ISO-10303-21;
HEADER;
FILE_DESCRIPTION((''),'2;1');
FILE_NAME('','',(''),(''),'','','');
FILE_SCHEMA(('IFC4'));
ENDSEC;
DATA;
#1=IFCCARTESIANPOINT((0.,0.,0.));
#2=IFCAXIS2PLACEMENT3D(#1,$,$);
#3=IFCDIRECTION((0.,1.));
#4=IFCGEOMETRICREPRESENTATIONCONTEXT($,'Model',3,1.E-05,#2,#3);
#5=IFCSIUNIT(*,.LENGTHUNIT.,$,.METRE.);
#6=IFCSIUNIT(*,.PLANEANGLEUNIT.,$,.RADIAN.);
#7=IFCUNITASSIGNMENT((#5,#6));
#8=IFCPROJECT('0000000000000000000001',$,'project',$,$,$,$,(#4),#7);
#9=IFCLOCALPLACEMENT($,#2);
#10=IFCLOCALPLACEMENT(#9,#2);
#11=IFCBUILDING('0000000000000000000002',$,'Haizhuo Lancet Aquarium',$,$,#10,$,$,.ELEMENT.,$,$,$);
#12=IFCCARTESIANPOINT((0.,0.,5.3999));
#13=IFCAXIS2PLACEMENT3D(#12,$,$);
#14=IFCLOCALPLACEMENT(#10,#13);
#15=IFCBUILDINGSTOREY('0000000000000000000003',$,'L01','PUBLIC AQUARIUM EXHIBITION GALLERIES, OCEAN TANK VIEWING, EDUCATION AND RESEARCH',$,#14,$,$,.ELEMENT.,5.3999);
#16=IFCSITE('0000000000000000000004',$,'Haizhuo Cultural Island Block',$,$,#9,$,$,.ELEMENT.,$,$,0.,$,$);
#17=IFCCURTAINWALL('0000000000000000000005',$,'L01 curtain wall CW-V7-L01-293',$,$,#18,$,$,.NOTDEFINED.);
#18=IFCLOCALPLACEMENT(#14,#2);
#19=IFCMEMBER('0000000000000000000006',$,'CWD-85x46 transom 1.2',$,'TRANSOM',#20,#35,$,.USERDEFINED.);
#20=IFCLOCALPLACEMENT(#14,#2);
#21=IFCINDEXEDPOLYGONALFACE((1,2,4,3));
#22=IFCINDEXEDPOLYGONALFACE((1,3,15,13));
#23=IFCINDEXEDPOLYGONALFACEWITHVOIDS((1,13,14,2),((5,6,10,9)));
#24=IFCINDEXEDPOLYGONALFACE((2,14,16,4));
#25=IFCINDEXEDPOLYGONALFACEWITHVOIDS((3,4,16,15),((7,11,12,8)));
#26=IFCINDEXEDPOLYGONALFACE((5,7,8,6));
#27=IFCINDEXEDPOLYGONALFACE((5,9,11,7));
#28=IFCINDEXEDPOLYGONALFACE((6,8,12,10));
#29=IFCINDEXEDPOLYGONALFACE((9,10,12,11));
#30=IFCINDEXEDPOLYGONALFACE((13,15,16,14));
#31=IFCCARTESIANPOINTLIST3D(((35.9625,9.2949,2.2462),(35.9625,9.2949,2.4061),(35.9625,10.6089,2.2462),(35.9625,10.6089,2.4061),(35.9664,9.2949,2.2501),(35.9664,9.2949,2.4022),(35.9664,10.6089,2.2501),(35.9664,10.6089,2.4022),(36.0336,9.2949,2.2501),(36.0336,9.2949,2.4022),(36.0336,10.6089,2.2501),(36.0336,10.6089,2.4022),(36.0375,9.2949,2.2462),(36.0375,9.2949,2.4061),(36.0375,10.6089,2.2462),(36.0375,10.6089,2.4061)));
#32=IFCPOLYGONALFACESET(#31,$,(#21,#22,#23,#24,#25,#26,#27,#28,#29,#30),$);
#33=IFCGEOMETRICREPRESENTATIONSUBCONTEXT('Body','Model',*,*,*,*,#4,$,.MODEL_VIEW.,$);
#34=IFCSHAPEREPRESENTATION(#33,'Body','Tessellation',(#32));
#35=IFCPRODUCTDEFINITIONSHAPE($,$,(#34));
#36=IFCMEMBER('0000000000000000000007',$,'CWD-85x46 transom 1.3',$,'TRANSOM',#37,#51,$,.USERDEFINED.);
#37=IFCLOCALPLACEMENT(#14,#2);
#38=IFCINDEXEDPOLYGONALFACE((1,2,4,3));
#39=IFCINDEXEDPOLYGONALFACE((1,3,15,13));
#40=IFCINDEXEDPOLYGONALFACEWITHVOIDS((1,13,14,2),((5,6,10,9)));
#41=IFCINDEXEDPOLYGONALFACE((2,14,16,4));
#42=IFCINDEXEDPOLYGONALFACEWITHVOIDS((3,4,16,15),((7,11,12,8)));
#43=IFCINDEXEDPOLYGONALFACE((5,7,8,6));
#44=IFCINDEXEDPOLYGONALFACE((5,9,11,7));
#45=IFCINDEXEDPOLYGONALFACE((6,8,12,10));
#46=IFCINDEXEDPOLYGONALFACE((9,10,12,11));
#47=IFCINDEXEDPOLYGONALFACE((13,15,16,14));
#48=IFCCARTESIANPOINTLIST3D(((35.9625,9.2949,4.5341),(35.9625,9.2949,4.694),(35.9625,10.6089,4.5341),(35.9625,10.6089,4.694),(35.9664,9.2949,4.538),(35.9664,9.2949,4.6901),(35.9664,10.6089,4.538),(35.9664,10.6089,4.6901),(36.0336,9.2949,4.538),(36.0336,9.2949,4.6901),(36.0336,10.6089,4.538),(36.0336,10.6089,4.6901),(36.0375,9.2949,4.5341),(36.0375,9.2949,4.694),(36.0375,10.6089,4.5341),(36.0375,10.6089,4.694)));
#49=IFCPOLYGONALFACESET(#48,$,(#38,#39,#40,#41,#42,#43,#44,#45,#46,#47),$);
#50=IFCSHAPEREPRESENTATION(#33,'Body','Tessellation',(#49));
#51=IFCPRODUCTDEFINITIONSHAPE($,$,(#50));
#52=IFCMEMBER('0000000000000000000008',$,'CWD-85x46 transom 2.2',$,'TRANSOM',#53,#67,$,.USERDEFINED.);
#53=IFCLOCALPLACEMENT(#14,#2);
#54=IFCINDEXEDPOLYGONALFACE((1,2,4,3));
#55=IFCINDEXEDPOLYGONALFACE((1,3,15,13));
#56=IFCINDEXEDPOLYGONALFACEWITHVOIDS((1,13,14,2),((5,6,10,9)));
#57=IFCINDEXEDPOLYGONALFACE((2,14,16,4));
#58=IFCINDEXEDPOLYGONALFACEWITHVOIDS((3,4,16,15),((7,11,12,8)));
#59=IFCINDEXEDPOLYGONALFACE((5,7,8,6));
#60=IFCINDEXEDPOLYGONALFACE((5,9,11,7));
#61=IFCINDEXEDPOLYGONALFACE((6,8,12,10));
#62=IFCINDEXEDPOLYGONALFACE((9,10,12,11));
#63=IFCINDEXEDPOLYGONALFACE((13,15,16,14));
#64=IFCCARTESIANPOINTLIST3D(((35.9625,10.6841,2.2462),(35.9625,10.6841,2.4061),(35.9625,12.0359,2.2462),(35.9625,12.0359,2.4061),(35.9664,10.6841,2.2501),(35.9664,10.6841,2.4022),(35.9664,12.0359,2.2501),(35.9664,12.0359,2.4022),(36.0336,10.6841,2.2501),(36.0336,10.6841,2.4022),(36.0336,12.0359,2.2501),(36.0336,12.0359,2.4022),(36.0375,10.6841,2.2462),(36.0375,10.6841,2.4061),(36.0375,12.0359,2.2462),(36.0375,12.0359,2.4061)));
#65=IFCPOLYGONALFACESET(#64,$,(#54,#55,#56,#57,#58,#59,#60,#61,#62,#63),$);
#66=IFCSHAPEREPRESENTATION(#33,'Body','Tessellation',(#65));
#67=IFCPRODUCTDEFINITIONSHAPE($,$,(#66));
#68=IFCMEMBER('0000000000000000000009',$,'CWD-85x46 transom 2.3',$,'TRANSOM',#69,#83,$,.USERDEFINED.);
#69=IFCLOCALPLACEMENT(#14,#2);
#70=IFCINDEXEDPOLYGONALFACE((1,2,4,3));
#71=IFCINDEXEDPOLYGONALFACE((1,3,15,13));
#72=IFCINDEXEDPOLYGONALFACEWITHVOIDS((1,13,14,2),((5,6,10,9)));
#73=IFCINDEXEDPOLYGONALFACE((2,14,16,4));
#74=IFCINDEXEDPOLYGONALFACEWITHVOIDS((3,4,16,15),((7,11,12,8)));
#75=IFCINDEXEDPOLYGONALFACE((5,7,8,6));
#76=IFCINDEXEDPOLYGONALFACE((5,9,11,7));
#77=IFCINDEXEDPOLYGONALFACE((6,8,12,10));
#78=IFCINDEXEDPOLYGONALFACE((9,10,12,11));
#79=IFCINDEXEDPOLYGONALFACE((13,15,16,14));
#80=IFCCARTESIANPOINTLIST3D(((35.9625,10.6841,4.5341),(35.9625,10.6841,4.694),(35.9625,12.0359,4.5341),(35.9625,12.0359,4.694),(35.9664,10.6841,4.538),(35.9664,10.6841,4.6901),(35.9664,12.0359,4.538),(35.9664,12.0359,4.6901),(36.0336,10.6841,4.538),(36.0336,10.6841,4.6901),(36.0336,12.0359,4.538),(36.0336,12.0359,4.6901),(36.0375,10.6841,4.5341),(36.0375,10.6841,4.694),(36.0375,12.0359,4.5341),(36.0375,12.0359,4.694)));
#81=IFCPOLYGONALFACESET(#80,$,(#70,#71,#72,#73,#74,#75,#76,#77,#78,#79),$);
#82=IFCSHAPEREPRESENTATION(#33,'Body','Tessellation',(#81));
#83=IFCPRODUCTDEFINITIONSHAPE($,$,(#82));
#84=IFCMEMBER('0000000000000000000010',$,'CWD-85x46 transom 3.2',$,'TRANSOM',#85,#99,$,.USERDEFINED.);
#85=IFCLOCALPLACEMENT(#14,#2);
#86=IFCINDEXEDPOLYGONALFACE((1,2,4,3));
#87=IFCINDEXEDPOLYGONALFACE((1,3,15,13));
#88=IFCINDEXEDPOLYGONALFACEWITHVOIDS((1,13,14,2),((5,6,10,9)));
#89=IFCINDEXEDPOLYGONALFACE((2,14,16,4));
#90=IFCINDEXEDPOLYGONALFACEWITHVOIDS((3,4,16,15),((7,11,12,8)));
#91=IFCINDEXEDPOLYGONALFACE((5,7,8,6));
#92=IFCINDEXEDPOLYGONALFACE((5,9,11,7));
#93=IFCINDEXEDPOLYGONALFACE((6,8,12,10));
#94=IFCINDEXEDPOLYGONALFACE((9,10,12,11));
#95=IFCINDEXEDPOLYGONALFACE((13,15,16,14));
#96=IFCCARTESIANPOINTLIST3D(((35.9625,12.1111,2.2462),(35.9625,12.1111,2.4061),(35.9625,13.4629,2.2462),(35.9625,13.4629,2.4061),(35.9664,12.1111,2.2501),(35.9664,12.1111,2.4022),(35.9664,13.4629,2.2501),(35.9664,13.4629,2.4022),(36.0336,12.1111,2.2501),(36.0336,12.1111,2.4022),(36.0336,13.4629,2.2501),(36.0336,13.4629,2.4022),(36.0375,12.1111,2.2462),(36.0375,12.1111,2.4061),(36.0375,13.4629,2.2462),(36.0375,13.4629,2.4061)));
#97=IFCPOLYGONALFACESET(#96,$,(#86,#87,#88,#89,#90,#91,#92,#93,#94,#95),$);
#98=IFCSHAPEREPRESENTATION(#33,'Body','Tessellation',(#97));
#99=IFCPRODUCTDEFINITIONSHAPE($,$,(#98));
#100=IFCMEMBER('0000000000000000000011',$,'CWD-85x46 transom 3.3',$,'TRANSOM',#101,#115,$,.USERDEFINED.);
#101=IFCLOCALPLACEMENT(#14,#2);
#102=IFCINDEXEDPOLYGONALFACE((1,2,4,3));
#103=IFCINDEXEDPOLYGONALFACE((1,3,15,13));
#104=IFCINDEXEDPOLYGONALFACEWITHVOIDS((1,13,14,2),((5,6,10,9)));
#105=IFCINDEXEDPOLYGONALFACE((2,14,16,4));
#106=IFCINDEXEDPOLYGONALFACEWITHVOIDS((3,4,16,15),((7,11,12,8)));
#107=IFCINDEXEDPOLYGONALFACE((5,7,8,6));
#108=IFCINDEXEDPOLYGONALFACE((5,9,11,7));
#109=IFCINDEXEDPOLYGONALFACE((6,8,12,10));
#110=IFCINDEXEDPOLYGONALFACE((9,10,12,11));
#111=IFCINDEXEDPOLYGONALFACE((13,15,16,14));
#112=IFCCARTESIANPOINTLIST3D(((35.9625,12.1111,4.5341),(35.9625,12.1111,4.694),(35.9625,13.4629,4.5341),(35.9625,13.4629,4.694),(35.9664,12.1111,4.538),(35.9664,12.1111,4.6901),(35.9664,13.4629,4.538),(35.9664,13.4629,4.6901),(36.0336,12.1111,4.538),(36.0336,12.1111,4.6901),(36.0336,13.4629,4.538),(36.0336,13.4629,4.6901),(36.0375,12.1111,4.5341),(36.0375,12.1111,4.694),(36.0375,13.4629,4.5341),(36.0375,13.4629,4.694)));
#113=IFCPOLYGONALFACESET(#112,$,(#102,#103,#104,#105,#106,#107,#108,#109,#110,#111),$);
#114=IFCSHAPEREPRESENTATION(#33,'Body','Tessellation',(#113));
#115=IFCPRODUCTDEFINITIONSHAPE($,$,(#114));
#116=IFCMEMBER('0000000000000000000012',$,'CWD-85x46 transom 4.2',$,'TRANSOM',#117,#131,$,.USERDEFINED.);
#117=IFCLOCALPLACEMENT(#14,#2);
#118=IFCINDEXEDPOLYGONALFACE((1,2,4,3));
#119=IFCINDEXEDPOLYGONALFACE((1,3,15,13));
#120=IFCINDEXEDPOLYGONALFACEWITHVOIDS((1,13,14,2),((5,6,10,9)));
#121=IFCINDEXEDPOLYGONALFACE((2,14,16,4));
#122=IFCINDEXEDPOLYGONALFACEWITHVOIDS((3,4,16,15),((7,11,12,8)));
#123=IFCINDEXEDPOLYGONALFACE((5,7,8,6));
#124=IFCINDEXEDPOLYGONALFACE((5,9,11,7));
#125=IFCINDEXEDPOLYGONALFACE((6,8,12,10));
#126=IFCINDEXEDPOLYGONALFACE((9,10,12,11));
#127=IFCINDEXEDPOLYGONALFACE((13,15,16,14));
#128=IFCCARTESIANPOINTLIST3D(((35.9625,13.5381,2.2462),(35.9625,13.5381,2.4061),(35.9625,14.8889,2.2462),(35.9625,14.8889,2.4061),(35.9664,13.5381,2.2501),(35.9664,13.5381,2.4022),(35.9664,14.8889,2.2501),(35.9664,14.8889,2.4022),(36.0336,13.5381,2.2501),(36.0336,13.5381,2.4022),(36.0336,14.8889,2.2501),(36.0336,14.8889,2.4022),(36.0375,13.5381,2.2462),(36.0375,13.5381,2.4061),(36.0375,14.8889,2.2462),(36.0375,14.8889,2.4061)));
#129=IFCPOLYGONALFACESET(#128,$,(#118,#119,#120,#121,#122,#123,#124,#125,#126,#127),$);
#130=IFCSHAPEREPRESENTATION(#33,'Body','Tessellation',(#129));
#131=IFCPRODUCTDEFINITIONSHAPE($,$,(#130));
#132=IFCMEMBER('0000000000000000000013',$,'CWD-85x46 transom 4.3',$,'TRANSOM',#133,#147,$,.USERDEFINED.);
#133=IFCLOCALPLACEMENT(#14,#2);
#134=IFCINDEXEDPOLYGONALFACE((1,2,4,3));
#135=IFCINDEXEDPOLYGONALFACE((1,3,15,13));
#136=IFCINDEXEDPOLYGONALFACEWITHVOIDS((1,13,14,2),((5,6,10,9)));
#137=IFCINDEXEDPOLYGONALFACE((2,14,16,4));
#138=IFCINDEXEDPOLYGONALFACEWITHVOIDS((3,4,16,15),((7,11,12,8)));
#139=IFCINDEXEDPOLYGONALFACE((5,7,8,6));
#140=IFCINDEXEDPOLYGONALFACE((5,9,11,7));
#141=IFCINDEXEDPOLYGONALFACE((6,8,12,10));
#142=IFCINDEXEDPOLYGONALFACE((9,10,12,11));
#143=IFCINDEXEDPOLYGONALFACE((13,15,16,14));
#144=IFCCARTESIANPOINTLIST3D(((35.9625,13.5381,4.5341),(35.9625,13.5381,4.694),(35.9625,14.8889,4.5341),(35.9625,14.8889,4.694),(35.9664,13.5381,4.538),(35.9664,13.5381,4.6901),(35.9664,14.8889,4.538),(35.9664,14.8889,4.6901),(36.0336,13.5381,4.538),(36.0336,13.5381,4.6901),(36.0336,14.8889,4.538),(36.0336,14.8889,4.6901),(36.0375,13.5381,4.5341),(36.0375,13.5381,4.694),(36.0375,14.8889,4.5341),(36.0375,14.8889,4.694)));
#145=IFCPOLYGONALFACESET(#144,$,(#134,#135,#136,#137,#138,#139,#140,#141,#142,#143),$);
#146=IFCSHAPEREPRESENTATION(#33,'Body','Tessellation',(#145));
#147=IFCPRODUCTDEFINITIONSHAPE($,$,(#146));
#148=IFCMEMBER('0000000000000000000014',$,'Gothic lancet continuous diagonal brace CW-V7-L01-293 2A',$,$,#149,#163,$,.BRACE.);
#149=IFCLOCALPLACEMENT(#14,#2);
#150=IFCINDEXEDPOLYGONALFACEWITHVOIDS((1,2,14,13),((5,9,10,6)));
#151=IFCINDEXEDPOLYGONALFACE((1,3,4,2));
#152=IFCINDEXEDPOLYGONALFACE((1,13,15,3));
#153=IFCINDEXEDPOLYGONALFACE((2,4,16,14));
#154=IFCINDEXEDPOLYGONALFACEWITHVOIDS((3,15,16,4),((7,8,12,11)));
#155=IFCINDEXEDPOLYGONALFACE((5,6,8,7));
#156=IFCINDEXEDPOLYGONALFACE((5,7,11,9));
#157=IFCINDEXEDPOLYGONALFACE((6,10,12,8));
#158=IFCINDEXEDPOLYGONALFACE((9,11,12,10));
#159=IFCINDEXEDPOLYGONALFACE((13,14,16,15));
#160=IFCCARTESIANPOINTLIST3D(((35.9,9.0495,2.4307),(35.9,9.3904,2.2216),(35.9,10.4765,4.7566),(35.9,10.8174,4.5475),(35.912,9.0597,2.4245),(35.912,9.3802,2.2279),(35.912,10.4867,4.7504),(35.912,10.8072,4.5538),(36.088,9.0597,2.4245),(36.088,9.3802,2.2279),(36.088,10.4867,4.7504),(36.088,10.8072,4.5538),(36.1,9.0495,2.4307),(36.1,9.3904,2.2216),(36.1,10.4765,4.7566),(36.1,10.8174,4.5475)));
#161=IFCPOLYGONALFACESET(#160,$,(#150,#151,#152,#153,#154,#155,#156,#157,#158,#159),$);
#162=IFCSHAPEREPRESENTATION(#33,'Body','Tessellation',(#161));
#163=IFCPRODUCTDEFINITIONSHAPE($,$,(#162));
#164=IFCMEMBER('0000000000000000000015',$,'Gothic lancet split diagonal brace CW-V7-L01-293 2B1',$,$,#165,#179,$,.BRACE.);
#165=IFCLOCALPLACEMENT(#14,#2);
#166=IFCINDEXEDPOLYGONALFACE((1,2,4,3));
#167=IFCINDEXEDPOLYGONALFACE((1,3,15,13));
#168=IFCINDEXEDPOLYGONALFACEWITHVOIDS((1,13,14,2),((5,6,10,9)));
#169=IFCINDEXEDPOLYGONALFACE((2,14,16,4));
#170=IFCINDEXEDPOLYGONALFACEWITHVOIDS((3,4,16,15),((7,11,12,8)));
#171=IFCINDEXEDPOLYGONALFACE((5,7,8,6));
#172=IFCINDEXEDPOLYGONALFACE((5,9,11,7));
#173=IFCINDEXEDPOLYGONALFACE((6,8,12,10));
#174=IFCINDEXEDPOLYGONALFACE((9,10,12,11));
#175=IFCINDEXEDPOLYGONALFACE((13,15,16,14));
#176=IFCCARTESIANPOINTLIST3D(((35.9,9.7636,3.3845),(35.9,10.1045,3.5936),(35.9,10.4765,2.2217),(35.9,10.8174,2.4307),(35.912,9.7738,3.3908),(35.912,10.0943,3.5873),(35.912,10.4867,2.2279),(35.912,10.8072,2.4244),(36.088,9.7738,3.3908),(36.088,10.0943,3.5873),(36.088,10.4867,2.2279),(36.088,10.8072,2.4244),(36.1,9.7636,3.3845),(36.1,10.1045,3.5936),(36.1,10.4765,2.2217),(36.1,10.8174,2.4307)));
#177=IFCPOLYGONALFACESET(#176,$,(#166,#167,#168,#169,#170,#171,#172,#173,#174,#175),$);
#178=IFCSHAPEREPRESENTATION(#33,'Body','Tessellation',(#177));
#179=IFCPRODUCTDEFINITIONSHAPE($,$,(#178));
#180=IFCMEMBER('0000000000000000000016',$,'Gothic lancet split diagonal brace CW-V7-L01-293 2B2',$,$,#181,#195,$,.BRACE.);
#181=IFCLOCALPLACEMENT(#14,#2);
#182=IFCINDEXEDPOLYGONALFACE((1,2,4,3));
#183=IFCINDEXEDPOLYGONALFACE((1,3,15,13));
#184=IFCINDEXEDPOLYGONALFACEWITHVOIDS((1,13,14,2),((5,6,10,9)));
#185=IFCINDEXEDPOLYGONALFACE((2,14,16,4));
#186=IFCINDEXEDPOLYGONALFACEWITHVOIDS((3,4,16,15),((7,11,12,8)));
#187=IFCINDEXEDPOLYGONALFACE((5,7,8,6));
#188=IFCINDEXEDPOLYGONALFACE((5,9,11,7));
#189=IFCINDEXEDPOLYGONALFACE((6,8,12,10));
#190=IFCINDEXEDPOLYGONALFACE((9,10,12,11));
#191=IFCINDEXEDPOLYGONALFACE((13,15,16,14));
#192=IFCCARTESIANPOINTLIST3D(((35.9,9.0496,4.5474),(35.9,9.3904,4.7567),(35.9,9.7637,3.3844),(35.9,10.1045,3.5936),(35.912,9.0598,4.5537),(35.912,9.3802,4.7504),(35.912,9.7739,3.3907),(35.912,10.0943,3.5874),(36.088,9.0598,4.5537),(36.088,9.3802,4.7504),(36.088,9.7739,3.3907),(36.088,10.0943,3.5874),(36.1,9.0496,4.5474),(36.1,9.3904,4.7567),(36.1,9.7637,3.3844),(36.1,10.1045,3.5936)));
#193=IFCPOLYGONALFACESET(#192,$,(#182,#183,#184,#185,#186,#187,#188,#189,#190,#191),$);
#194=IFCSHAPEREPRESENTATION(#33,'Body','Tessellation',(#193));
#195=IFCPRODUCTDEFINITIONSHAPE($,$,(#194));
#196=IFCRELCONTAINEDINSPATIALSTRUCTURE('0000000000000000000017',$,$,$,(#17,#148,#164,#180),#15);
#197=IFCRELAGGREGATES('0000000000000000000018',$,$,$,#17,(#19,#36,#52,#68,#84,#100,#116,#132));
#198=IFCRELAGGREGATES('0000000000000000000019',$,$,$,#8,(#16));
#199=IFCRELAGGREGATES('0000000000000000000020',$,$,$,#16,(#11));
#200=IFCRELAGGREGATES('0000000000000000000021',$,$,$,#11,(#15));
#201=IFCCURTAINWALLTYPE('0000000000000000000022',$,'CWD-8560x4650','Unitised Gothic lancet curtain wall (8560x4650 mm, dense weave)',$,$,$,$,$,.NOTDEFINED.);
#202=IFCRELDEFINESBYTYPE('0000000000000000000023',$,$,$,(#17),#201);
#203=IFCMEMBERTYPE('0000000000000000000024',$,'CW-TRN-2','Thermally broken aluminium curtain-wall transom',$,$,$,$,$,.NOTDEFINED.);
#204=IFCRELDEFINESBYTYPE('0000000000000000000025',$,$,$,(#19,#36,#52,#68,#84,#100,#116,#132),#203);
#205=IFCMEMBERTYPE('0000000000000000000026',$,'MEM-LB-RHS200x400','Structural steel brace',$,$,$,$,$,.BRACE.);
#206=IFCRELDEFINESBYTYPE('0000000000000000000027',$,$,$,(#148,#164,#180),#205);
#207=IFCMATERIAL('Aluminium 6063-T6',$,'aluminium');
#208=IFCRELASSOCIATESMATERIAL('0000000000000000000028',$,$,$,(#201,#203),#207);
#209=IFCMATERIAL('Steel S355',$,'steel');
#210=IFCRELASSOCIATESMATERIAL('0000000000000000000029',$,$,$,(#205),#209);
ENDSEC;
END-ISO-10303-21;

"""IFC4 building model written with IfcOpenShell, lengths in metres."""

from ifc_helpers import new_model, si_unit, direction, frame, origin, origin_2d, place, context, subcontext, project, spatial, hollow_rectangle, extrude, material, material_profile, profile_set, type_object, element, aggregate, save


model = new_model("IFC4")

# Units and contexts
model_context = context("Model", 3, precision=1e-05, world=origin(), true_north=direction((0.0, 1.0)))
body_context = subcontext(model_context, "Body", "Model", "MODEL_VIEW")
ifc_project = project(units=[si_unit("LENGTHUNIT", "METRE"), si_unit("PLANEANGLEUNIT", "RADIAN")], contexts=[model_context])

# Site, building, storey
site_placement = place(None, origin())
site = spatial("IfcSite", under=ifc_project, at=site_placement, Name="Haizhuo Cultural Island Block", CompositionType="ELEMENT", RefElevation=0.0)
building_placement = place(site_placement, origin())
building = spatial("IfcBuilding", under=site, at=building_placement, Name="Haizhuo Lancet Aquarium", CompositionType="ELEMENT")
storey_placement = place(building_placement, frame((0.0, 0.0, 5.3999)))
storey = spatial("IfcBuildingStorey", under=building, at=storey_placement, Name="L01", Description="PUBLIC AQUARIUM EXHIBITION GALLERIES, OCEAN TANK VIEWING, EDUCATION AND RESEARCH", CompositionType="ELEMENT", Elevation=5.3999)

# Curtain wall, members
ifc_material_1 = material(Name="Aluminium 6063-T6", Category="aluminium")
curtain_wall_type = type_object("IfcCurtainWallType", Name="CWD-8560x4650", Description="Unitised Gothic lancet curtain wall (8560x4650 mm, dense weave)", PredefinedType="NOTDEFINED", material=ifc_material_1)
curtain_wall_placement = place(storey_placement, origin())
curtain_wall = element("IfcCurtainWall", 1, at=curtain_wall_placement, inside=storey, type_object=curtain_wall_type, Name="L01 curtain wall CW-V7-L01-293", PredefinedType="NOTDEFINED")
ifc_material_profile_1 = material_profile(ifc_material_1, hollow_rectangle(XDim=0.075, YDim=0.1599, WallThickness=0.0039, at=origin_2d()), Name="ALU-T 75x160x4")
ifc_profile_set_1 = profile_set([ifc_material_profile_1], Name="Aluminium 6063-T6")
member_type_1 = type_object("IfcMemberType", Name="CW-TRN-2", Description="Thermally broken aluminium curtain-wall transom", PredefinedType="NOTDEFINED", material=ifc_profile_set_1)
member_1_placement = place(storey_placement, frame((36.0, 9.2949, 2.3262), z_axis=(0.0, 1.0, 0.0), x_axis=(-1.0, 0.0, 0.0)))
member_1 = element("IfcMember", 2, at=member_1_placement, type_object=member_type_1, Name="CWD-85x46 transom 1.2", ObjectType="TRANSOM", PredefinedType="USERDEFINED", context=body_context, shape_type="SweptSolid", body=[
    extrude(hollow_rectangle(XDim=0.075, YDim=0.1599, WallThickness=0.0039, at=origin_2d()), origin(), (0.0, 0.0, 1.0), 1.314),
])
member_2_placement = place(storey_placement, frame((36.0, 9.2949, 4.614), z_axis=(0.0, 1.0, 0.0), x_axis=(-1.0, 0.0, 0.0)))
member_2 = element("IfcMember", 3, at=member_2_placement, type_object=member_type_1, Name="CWD-85x46 transom 1.3", ObjectType="TRANSOM", PredefinedType="USERDEFINED", context=body_context, shape_type="SweptSolid", body=[
    extrude(hollow_rectangle(XDim=0.075, YDim=0.1599, WallThickness=0.0039, at=origin_2d()), origin(), (0.0, 0.0, 1.0), 1.314),
])
member_3_placement = place(storey_placement, frame((36.0, 10.6841, 2.3262), z_axis=(0.0, 1.0, 0.0), x_axis=(-1.0, 0.0, 0.0)))
member_3 = element("IfcMember", 4, at=member_3_placement, type_object=member_type_1, Name="CWD-85x46 transom 2.2", ObjectType="TRANSOM", PredefinedType="USERDEFINED", context=body_context, shape_type="SweptSolid", body=[
    extrude(hollow_rectangle(XDim=0.075, YDim=0.1599, WallThickness=0.0039, at=origin_2d()), origin(), (0.0, 0.0, 1.0), 1.3518),
])
member_4_placement = place(storey_placement, frame((36.0, 10.6841, 4.614), z_axis=(0.0, 1.0, 0.0), x_axis=(-1.0, 0.0, 0.0)))
member_4 = element("IfcMember", 5, at=member_4_placement, type_object=member_type_1, Name="CWD-85x46 transom 2.3", ObjectType="TRANSOM", PredefinedType="USERDEFINED", context=body_context, shape_type="SweptSolid", body=[
    extrude(hollow_rectangle(XDim=0.075, YDim=0.1599, WallThickness=0.0039, at=origin_2d()), origin(), (0.0, 0.0, 1.0), 1.3518),
])
member_5_placement = place(storey_placement, frame((36.0, 12.1111, 2.3262), z_axis=(0.0, 1.0, 0.0), x_axis=(-1.0, 0.0, 0.0)))
member_5 = element("IfcMember", 6, at=member_5_placement, type_object=member_type_1, Name="CWD-85x46 transom 3.2", ObjectType="TRANSOM", PredefinedType="USERDEFINED", context=body_context, shape_type="SweptSolid", body=[
    extrude(hollow_rectangle(XDim=0.075, YDim=0.1599, WallThickness=0.0039, at=origin_2d()), origin(), (0.0, 0.0, 1.0), 1.3518),
])
member_6_placement = place(storey_placement, frame((36.0, 12.1111, 4.614), z_axis=(0.0, 1.0, 0.0), x_axis=(-1.0, 0.0, 0.0)))
member_6 = element("IfcMember", 7, at=member_6_placement, type_object=member_type_1, Name="CWD-85x46 transom 3.3", ObjectType="TRANSOM", PredefinedType="USERDEFINED", context=body_context, shape_type="SweptSolid", body=[
    extrude(hollow_rectangle(XDim=0.075, YDim=0.1599, WallThickness=0.0039, at=origin_2d()), origin(), (0.0, 0.0, 1.0), 1.3518),
])
member_7_placement = place(storey_placement, frame((36.0, 13.5381, 2.3262), z_axis=(0.0, 1.0, 0.0), x_axis=(-1.0, 0.0, 0.0)))
member_7 = element("IfcMember", 8, at=member_7_placement, type_object=member_type_1, Name="CWD-85x46 transom 4.2", ObjectType="TRANSOM", PredefinedType="USERDEFINED", context=body_context, shape_type="SweptSolid", body=[
    extrude(hollow_rectangle(XDim=0.075, YDim=0.1599, WallThickness=0.0039, at=origin_2d()), origin(), (0.0, 0.0, 1.0), 1.3508),
])
member_8_placement = place(storey_placement, frame((36.0, 13.5381, 4.614), z_axis=(0.0, 1.0, 0.0), x_axis=(-1.0, 0.0, 0.0)))
member_8 = element("IfcMember", 9, at=member_8_placement, type_object=member_type_1, Name="CWD-85x46 transom 4.3", ObjectType="TRANSOM", PredefinedType="USERDEFINED", context=body_context, shape_type="SweptSolid", body=[
    extrude(hollow_rectangle(XDim=0.075, YDim=0.1599, WallThickness=0.0039, at=origin_2d()), origin(), (0.0, 0.0, 1.0), 1.3508),
])

# Members
ifc_material_2 = material(Name="Steel S355", Category="steel")
ifc_material_profile_2 = material_profile(ifc_material_2, hollow_rectangle(XDim=0.2, YDim=0.3999, WallThickness=0.012, at=origin_2d()), Name="RHS 200x400x12")
ifc_profile_set_2 = profile_set([ifc_material_profile_2], Name="Steel S355")
member_type_2 = type_object("IfcMemberType", Name="MEM-LB-RHS200x400", Description="Structural steel brace", PredefinedType="BRACE", material=ifc_profile_set_2)
member_9_placement = place(storey_placement, frame((36.0, 9.22, 2.3262), z_axis=(0.0, 0.522944, 0.852367), x_axis=(-1.0, 0.0, 0.0)))
element("IfcMember", 10, at=member_9_placement, inside=storey, type_object=member_type_2, Name="Gothic lancet continuous diagonal brace CW-V7-L01-293 2A", PredefinedType="BRACE", context=body_context, shape_type="SweptSolid", body=[
    extrude(hollow_rectangle(XDim=0.2, YDim=0.3999, WallThickness=0.012, at=origin_2d()), origin(), (0.0, 0.0, 1.0), 2.7288),
])
member_10_placement = place(storey_placement, frame((36.0, 10.647, 2.3262), z_axis=(0.0, -0.522659, 0.852542), x_axis=(1.0, 0.0, 0.0)))
element("IfcMember", 11, at=member_10_placement, inside=storey, type_object=member_type_2, Name="Gothic lancet split diagonal brace CW-V7-L01-293 2B1", PredefinedType="BRACE", context=body_context, shape_type="SweptSolid", body=[
    extrude(hollow_rectangle(XDim=0.2, YDim=0.3999, WallThickness=0.012, at=origin_2d()), origin(), (0.0, 0.0, 1.0), 1.364),
])
member_11_placement = place(storey_placement, frame((36.0, 9.9341, 3.489), z_axis=(0.0, -0.523229, 0.852192), x_axis=(1.0, 0.0, 0.0)))
element("IfcMember", 12, at=member_11_placement, inside=storey, type_object=member_type_2, Name="Gothic lancet split diagonal brace CW-V7-L01-293 2B2", PredefinedType="BRACE", context=body_context, shape_type="SweptSolid", body=[
    extrude(hollow_rectangle(XDim=0.2, YDim=0.3999, WallThickness=0.012, at=origin_2d()), origin(), (0.0, 0.0, 1.0), 1.3647),
])

aggregate(curtain_wall, [member_1, member_2, member_3, member_4, member_5, member_6, member_7, member_8])

save(model, "model.ifc")
